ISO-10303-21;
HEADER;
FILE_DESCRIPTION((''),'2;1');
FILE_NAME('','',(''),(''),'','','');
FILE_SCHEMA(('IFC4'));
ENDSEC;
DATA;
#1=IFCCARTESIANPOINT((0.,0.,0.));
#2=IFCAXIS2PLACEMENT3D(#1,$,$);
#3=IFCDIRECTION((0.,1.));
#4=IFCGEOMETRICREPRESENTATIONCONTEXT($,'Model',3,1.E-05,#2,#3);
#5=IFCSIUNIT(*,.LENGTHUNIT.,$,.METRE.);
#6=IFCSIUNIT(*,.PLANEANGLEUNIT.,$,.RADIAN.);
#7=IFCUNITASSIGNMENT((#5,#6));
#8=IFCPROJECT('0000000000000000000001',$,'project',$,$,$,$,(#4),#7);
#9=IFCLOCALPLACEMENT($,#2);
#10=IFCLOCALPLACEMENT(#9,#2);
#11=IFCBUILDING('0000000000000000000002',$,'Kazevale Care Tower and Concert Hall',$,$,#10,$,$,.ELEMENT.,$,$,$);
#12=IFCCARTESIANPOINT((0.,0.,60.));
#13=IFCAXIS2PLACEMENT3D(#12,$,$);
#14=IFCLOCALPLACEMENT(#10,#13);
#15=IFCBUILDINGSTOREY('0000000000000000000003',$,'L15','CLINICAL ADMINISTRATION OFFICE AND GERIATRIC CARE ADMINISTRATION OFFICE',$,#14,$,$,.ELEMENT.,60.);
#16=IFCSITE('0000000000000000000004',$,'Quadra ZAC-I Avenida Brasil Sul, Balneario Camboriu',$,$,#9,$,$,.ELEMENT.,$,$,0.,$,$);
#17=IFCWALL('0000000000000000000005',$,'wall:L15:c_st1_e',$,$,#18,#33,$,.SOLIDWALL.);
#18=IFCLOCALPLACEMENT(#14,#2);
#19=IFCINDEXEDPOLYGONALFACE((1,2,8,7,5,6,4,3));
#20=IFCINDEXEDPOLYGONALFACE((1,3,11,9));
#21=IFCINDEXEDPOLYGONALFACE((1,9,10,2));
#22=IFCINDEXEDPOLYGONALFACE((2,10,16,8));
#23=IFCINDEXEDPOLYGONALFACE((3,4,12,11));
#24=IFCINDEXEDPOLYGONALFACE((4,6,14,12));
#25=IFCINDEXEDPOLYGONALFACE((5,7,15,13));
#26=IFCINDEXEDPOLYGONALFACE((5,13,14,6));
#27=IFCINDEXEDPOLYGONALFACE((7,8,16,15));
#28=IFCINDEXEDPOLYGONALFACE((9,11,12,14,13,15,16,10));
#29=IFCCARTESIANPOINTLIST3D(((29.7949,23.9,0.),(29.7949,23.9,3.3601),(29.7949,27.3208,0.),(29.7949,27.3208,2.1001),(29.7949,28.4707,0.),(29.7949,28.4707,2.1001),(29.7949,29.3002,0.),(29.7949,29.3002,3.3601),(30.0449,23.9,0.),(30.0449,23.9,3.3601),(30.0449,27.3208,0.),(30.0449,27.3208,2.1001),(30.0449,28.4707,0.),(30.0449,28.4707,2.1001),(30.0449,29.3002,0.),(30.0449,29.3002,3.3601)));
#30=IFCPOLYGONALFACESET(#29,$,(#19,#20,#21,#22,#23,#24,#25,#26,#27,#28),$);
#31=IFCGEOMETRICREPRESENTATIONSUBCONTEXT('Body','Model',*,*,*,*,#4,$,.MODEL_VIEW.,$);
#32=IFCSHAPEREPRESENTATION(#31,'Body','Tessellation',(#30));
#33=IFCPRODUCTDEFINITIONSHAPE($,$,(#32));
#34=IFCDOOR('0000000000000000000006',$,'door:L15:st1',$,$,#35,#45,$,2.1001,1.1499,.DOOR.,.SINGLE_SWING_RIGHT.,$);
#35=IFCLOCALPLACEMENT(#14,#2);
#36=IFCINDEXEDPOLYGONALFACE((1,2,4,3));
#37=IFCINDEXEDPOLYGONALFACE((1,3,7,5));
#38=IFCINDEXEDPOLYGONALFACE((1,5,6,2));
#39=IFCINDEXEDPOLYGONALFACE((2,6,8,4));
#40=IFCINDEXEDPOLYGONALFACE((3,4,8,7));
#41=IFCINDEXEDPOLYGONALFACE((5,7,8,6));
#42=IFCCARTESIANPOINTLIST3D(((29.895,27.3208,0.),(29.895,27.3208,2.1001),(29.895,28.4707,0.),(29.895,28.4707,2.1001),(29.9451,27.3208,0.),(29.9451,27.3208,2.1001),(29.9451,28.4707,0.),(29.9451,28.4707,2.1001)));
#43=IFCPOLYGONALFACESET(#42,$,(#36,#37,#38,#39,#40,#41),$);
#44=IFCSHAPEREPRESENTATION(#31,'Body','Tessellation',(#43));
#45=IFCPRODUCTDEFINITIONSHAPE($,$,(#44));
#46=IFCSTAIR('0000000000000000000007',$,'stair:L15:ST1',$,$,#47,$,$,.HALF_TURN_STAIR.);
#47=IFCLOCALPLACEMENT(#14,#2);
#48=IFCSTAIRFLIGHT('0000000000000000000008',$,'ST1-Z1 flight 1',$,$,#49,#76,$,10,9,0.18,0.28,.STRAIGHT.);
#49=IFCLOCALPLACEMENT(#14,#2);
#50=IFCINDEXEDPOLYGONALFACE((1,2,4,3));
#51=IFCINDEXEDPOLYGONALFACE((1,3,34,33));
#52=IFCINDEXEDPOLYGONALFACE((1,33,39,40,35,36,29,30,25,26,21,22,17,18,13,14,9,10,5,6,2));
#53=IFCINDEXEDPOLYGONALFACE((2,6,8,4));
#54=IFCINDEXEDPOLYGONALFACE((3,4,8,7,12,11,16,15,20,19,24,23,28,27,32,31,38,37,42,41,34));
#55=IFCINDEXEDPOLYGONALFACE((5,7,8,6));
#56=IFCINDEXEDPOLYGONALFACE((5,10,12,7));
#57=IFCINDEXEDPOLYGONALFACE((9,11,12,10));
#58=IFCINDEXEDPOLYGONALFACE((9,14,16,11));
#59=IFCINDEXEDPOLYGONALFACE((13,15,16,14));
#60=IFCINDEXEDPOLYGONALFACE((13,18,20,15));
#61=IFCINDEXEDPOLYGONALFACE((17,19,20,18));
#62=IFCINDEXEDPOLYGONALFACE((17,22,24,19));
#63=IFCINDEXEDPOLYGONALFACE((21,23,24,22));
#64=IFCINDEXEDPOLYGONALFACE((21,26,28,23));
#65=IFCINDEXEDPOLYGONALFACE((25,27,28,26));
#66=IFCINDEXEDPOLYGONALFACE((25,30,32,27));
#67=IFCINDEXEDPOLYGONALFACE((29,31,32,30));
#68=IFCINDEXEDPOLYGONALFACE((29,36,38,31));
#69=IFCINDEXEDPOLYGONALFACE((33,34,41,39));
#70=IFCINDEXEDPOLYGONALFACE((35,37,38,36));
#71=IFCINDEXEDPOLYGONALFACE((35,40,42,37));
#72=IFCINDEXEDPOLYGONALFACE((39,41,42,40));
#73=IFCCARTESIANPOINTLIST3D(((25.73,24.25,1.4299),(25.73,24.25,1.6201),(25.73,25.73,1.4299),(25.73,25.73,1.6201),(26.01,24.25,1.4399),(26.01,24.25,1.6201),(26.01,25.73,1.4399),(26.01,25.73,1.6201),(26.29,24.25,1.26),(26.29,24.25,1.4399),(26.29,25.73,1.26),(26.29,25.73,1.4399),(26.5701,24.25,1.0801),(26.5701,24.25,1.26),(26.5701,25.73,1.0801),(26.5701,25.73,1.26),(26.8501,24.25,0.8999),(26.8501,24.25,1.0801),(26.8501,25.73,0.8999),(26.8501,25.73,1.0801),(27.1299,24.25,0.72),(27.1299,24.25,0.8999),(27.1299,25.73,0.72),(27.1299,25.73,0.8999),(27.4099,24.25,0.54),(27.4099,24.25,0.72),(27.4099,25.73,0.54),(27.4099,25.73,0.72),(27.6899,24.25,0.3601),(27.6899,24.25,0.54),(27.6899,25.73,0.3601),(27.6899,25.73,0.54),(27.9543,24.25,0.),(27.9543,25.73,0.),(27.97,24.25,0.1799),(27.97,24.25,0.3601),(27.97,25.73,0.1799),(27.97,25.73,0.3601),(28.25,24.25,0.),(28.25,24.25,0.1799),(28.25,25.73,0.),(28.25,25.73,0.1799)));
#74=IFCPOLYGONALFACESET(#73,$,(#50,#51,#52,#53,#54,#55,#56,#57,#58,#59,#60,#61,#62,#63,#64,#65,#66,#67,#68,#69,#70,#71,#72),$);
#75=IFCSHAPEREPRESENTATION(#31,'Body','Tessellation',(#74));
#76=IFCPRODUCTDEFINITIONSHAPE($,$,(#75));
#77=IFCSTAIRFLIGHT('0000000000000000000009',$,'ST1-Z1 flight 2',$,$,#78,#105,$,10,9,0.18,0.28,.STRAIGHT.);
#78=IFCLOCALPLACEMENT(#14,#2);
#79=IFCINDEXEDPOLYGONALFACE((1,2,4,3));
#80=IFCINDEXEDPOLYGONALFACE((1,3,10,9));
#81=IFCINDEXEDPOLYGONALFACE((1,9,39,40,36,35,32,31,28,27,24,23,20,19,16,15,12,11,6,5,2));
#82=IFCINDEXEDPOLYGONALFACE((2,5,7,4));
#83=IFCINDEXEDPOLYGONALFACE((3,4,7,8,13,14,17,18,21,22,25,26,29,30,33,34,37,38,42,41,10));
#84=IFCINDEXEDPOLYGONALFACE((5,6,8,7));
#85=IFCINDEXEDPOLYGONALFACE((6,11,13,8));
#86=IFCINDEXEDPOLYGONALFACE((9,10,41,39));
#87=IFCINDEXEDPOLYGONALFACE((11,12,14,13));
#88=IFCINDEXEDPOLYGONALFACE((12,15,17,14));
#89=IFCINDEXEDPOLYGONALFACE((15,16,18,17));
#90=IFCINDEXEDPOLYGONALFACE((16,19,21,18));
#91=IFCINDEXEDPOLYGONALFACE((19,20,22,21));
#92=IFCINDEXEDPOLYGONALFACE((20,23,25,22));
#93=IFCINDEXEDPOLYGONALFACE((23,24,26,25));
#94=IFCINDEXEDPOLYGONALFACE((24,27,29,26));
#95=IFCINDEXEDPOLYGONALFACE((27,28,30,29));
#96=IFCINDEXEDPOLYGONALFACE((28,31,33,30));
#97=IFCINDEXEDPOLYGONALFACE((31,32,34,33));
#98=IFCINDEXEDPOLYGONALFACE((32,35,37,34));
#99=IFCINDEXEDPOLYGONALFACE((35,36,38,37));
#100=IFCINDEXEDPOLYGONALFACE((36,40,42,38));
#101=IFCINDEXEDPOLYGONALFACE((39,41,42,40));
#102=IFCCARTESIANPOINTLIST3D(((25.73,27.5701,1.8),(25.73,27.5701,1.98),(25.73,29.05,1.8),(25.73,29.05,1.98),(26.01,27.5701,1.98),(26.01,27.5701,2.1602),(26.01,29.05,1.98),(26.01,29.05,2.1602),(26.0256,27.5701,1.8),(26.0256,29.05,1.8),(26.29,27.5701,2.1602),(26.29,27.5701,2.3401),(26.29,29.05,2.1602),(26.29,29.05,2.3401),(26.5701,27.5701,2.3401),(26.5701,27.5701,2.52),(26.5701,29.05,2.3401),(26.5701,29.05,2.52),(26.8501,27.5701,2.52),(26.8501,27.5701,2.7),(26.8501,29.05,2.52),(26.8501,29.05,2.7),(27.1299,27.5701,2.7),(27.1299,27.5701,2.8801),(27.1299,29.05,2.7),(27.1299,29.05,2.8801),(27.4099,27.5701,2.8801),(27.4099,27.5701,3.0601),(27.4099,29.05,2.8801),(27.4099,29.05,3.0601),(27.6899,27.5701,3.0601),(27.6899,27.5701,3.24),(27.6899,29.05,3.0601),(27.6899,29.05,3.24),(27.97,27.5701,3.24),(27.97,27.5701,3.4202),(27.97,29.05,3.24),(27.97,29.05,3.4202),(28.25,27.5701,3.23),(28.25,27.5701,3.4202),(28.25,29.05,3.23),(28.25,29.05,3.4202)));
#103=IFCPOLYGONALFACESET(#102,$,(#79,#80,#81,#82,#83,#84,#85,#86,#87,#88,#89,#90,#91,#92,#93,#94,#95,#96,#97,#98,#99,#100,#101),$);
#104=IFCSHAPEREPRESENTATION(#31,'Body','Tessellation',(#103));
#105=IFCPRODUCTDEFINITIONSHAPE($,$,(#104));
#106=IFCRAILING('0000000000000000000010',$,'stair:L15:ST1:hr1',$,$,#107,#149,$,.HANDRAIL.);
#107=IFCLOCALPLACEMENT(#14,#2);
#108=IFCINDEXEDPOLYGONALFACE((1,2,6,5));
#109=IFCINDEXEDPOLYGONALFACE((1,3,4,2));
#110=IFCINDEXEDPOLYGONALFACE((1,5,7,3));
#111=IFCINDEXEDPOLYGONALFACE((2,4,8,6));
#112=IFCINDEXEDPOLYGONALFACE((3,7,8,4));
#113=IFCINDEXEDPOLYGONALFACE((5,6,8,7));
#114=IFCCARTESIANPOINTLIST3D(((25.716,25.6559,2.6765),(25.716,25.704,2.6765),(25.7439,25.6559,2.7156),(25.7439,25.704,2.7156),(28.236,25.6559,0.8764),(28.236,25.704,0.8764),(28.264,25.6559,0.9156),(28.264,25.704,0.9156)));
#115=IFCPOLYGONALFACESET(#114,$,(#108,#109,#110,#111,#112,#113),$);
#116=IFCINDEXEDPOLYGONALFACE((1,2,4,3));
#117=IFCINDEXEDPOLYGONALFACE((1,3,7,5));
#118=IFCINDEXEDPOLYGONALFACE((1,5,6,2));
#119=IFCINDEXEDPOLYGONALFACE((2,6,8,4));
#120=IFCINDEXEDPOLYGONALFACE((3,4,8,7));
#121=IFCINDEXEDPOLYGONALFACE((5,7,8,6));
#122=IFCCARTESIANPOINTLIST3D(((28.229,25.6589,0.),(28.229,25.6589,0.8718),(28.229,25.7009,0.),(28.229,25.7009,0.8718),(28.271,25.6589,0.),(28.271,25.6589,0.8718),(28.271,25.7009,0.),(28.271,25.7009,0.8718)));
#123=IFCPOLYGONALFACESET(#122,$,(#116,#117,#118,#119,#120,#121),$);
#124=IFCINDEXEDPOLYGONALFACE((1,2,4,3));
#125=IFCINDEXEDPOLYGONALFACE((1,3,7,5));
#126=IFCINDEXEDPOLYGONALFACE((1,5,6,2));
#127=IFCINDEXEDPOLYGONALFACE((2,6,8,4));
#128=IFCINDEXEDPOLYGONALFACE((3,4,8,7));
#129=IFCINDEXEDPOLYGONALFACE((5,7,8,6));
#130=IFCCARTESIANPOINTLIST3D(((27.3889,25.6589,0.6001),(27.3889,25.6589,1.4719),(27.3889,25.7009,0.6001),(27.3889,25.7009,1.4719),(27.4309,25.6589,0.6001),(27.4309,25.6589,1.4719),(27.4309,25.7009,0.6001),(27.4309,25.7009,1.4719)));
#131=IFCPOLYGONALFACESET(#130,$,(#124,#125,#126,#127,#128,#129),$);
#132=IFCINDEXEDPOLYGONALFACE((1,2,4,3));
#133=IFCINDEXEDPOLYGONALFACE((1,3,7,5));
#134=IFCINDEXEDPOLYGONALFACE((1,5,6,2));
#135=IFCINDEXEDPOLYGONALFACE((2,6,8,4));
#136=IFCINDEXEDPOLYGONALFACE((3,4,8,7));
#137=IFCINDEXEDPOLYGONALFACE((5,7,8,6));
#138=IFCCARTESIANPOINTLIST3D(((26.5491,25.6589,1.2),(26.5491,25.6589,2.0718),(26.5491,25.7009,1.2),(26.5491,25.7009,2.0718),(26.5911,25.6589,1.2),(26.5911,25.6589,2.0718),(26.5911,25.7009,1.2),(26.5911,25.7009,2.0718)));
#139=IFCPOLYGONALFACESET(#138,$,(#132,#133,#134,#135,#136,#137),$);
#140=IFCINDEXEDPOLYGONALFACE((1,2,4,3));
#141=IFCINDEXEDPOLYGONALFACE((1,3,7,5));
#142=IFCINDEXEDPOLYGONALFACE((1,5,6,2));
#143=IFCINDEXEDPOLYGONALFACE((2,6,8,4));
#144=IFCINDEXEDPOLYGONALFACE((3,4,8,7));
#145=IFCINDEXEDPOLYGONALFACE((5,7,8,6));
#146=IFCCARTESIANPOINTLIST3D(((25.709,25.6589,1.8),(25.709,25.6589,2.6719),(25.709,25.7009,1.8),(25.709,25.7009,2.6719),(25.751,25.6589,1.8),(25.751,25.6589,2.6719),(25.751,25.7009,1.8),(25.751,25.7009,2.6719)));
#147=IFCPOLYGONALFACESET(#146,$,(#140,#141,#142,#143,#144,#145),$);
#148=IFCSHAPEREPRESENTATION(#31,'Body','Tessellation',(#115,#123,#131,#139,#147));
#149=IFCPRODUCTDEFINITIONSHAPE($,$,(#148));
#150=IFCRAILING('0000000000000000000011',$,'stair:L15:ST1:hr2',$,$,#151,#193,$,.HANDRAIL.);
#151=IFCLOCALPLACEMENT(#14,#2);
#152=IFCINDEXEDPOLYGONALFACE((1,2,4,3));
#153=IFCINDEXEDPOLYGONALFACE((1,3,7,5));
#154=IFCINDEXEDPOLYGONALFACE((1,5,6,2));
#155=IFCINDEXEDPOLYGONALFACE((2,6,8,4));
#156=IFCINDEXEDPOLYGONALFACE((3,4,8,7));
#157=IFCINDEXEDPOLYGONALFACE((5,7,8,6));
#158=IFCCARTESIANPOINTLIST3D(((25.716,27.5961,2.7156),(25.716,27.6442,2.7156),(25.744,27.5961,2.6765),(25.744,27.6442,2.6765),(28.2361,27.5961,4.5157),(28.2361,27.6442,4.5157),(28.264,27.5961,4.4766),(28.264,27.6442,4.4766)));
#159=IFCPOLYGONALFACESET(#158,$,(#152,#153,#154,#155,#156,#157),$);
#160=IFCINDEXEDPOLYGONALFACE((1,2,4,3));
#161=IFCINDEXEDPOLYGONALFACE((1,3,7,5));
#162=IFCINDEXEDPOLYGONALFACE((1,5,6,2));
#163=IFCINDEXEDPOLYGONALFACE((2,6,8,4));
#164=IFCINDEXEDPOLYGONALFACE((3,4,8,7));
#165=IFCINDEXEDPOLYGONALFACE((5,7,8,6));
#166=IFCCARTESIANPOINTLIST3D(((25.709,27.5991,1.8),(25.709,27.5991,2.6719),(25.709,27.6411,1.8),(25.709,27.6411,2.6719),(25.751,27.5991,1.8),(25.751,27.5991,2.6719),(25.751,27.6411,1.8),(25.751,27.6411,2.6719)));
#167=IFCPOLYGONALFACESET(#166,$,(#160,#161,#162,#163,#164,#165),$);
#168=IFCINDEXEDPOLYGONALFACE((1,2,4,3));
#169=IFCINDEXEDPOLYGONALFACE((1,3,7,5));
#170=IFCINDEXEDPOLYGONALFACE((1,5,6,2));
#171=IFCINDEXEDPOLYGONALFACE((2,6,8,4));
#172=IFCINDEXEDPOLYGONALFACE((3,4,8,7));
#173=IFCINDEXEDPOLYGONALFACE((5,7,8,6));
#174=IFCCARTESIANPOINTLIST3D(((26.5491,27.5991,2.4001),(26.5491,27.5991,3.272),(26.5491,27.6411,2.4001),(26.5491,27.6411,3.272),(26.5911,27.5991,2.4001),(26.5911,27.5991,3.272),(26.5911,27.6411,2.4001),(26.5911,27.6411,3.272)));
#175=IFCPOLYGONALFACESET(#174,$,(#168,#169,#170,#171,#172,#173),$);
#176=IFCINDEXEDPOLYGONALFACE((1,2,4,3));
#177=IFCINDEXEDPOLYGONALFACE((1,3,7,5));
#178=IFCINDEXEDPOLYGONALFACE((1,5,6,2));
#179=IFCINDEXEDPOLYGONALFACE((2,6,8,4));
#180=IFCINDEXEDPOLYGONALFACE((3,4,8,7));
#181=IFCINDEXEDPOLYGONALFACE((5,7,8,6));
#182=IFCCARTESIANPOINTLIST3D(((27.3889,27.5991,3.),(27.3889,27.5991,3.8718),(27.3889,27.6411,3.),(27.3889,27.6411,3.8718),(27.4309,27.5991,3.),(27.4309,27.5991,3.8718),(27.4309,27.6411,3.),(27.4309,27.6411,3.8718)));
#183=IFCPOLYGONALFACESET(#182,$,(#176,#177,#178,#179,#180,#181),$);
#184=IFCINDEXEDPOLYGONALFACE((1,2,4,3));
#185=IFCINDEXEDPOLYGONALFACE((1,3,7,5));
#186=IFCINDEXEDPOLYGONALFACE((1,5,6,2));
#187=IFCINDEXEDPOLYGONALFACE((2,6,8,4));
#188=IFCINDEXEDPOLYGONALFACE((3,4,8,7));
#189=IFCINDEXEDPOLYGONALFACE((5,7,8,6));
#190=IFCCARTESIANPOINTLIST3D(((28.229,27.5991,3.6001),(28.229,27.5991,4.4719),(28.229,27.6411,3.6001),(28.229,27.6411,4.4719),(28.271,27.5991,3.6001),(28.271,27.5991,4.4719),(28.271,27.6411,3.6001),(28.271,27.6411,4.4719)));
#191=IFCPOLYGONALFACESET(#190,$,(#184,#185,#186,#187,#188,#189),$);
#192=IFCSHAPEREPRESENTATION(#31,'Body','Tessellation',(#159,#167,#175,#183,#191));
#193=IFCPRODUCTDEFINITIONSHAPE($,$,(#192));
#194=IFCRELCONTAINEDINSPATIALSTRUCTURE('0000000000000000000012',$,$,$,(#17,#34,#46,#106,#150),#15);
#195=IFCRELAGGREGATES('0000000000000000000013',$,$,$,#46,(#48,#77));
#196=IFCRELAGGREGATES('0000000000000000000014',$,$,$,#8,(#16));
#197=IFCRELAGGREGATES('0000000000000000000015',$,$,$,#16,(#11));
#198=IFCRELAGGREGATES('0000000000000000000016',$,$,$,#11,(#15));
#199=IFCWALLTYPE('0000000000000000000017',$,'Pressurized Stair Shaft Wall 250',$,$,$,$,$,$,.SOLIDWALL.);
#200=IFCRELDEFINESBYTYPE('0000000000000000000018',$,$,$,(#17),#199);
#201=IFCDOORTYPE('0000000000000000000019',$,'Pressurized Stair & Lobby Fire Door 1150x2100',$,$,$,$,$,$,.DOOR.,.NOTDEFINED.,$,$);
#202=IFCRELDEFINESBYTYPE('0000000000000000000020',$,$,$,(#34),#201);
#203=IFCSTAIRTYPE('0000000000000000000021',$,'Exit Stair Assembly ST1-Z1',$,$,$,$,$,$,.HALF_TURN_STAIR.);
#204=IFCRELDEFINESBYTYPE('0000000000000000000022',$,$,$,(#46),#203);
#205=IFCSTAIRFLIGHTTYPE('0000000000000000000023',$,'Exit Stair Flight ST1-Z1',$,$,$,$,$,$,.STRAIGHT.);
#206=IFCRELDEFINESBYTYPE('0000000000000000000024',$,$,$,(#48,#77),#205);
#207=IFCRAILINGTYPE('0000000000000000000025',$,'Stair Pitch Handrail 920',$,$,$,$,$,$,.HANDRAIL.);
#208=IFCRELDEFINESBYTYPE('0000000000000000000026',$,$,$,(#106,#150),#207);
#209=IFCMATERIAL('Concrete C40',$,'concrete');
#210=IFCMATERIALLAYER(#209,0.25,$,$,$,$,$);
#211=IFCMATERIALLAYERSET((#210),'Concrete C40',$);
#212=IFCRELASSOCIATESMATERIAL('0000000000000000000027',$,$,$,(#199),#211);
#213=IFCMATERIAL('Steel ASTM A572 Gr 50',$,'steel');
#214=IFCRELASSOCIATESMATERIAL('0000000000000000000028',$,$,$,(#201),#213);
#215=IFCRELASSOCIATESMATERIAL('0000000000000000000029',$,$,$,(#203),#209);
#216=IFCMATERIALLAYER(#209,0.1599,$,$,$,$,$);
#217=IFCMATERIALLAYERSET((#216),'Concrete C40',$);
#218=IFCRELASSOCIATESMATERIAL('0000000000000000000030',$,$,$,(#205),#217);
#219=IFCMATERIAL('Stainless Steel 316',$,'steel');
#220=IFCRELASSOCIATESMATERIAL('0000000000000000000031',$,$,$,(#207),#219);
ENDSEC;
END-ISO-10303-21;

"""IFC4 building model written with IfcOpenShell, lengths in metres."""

from ifc_helpers import new_model, si_unit, direction, frame, frame_2d, origin, origin_2d, place, context, subcontext, project, spatial, polyline, rectangle, outline, extrude, material, layer, layer_set, type_object, element, fill, aggregate, save


model = new_model("IFC4")

# Units and contexts
model_context = context("Model", 3, precision=1e-05, world=origin(), true_north=direction((0.0, 1.0)))
body_context = subcontext(model_context, "Body", "Model", "MODEL_VIEW")
ifc_project = project(units=[si_unit("LENGTHUNIT", "METRE"), si_unit("PLANEANGLEUNIT", "RADIAN")], contexts=[model_context])

# Site, building, storey
site_placement = place(None, origin())
site = spatial("IfcSite", under=ifc_project, at=site_placement, Name="Quadra ZAC-I Avenida Brasil Sul, Balneario Camboriu", CompositionType="ELEMENT", RefElevation=0.0)
building_placement = place(site_placement, origin())
building = spatial("IfcBuilding", under=site, at=building_placement, Name="Kazevale Care Tower and Concert Hall", CompositionType="ELEMENT")
storey_placement = place(building_placement, frame((0.0, 0.0, 60.0)))
storey = spatial("IfcBuildingStorey", under=building, at=storey_placement, Name="L15", Description="CLINICAL ADMINISTRATION OFFICE AND GERIATRIC CARE ADMINISTRATION OFFICE", CompositionType="ELEMENT", Elevation=60.0)

# Shared definitions
ifc_material_1 = material(Name="Steel ASTM A572 Gr 50", Category="steel")

# Shared definitions
ifc_material_2 = material(Name="Concrete C40", Category="concrete")
ifc_material_3 = material(Name="Stainless Steel 316", Category="steel")

# Wall, opening, door
ifc_layer_1 = layer(ifc_material_2, 0.25)
ifc_layer_set_1 = layer_set([ifc_layer_1], Name="Concrete C40")
wall_type_1 = type_object("IfcWallType", Name="Pressurized Stair Shaft Wall 250", PredefinedType="SOLIDWALL", material=ifc_layer_set_1)
wall_1_placement = place(storey_placement, frame((29.9199, 23.8999, 0.0), z_axis=(0.0, 0.0, 1.0), x_axis=(0.0, 1.0, 0.0)))
wall_1 = element("IfcWall", 1, at=wall_1_placement, inside=storey, type_object=wall_type_1, Name="wall:L15:c_st1_e", PredefinedType="SOLIDWALL", context=body_context, shape_type="SweptSolid", body=[
    extrude(rectangle(XDim=5.4001, YDim=0.25, at=frame_2d((2.7002, 0.0))), origin(), (0.0, 0.0, 1.0), 3.3601),
])
opening_1_placement = place(wall_1_placement, frame((3.4209, 0.0, 0.0)))
opening_1 = element("IfcOpeningElement", 2, at=opening_1_placement, cuts=wall_1, PredefinedType="OPENING", context=body_context, shape_type="SweptSolid", body=[
    extrude(rectangle(XDim=1.1499, YDim=2.1001, at=frame_2d((0.575, 1.05))), frame((0.0, 0.135, 0.0), z_axis=(0.0, -1.0, 0.0), x_axis=(1.0, 0.0, 0.0)), (0.0, 0.0, 1.0), 0.27),
])
door_type_1 = type_object("IfcDoorType", Name="Pressurized Stair & Lobby Fire Door 1150x2100", OperationType="NOTDEFINED", PredefinedType="DOOR", material=ifc_material_1)
door_1_placement = place(opening_1_placement, origin())
door_1 = element("IfcDoor", 3, at=door_1_placement, inside=storey, type_object=door_type_1, Name="door:L15:st1", OperationType="SINGLE_SWING_RIGHT", OverallHeight=2.1001, OverallWidth=1.1499, PredefinedType="DOOR", context=body_context, shape_type="SweptSolid", body=[
    extrude(rectangle(XDim=1.1499, YDim=2.1001, at=frame_2d((0.575, 1.05))), frame((0.0, 0.0249, 0.0), z_axis=(0.0, -1.0, 0.0), x_axis=(1.0, 0.0, 0.0)), (0.0, 0.0, 1.0), 0.05),
])
fill(opening_1, door_1)

# Stair, stair flights
stair_type = type_object("IfcStairType", Name="Exit Stair Assembly ST1-Z1", PredefinedType="HALF_TURN_STAIR", material=ifc_material_2)
stair_placement = place(storey_placement, origin())
stair = element("IfcStair", 4, at=stair_placement, inside=storey, type_object=stair_type, Name="stair:L15:ST1", PredefinedType="HALF_TURN_STAIR")
ifc_layer_2 = layer(ifc_material_2, 0.1599)
ifc_layer_set_2 = layer_set([ifc_layer_2], Name="Concrete C40")
stair_flight_type = type_object("IfcStairFlightType", Name="Exit Stair Flight ST1-Z1", PredefinedType="STRAIGHT", material=ifc_layer_set_2)
stair_flight_1_placement = place(storey_placement, frame((28.25, 24.99, 0.0), z_axis=(0.0, 0.0, 1.0), x_axis=(-1.0, 0.0, 0.0)))
stair_flight_1 = element("IfcStairFlight", 5, at=stair_flight_1_placement, type_object=stair_flight_type, Name="ST1-Z1 flight 1", NumberOfRisers=10, NumberOfTreads=9, PredefinedType="STRAIGHT", RiserHeight=0.18, TreadLength=0.28, context=body_context, shape_type="SweptSolid", body=[
    extrude(outline(polyline([(0.0, 0.0), (0.0, 0.1799), (0.28, 0.1799), (0.28, 0.3601), (0.5601, 0.3601), (0.5601, 0.54), (0.8401, 0.54), (0.8401, 0.72), (1.1201, 0.72), (1.1201, 0.8999), (1.3999, 0.8999), (1.3999, 1.0801), (1.6799, 1.0801), (1.6799, 1.26), (1.96, 1.26), (1.96, 1.4399), (2.24, 1.4399), (2.24, 1.6201), (2.52, 1.6201), (2.52, 1.8), (2.52, 1.4299), (0.2957, 0.0), (0.0, 0.0)])), frame((0.0, 0.74, 0.0), z_axis=(0.0, -1.0, 0.0), x_axis=(1.0, 0.0, 0.0)), (0.0, 0.0, 1.0), 1.48),
])
stair_flight_2_placement = place(storey_placement, frame((25.73, 28.3101, 1.8), z_axis=(0.0, 0.0, 1.0), x_axis=(1.0, 0.0, 0.0)))
stair_flight_2 = element("IfcStairFlight", 6, at=stair_flight_2_placement, type_object=stair_flight_type, Name="ST1-Z1 flight 2", NumberOfRisers=10, NumberOfTreads=9, PredefinedType="STRAIGHT", RiserHeight=0.18, TreadLength=0.28, context=body_context, shape_type="SweptSolid", body=[
    extrude(outline(polyline([(0.0, 0.0), (0.0, 0.1799), (0.28, 0.1799), (0.28, 0.3601), (0.5601, 0.3601), (0.5601, 0.54), (0.8401, 0.54), (0.8401, 0.72), (1.1201, 0.72), (1.1201, 0.8999), (1.3999, 0.8999), (1.3999, 1.0801), (1.6799, 1.0801), (1.6799, 1.26), (1.96, 1.26), (1.96, 1.4399), (2.24, 1.4399), (2.24, 1.6201), (2.52, 1.6201), (2.52, 1.8), (2.52, 1.4299), (0.2957, 0.0), (0.0, 0.0)])), frame((0.0, 0.74, 0.0), z_axis=(0.0, -1.0, 0.0), x_axis=(1.0, 0.0, 0.0)), (0.0, 0.0, 1.0), 1.48),
])
aggregate(stair, [stair_flight_1, stair_flight_2])

# Railings
railing_type_1 = type_object("IfcRailingType", Name="Stair Pitch Handrail 920", PredefinedType="HANDRAIL", material=ifc_material_3)
railing_1_placement = place(storey_placement, frame((28.25, 25.6799, 0.0)))
element("IfcRailing", 7, at=railing_1_placement, inside=storey, type_object=railing_type_1, Name="stair:L15:ST1:hr1", PredefinedType="HANDRAIL", context=body_context, shape_type="SweptSolid", body=[
    extrude(rectangle(XDim=0.0481, YDim=0.0481, at=origin_2d()), frame((0.0, 0.0, 0.896), z_axis=(-0.813728, 0.0, 0.581246), x_axis=(0.0, -1.0, 0.0)), (0.0, 0.0, 1.0), 3.0969),
    extrude(rectangle(XDim=0.042, YDim=0.042, at=origin_2d()), origin(), (0.0, 0.0, 1.0), 0.8718),
    extrude(rectangle(XDim=0.042, YDim=0.042, at=origin_2d()), frame((-0.8401, 0.0, 0.6001)), (0.0, 0.0, 1.0), 0.8718),
    extrude(rectangle(XDim=0.042, YDim=0.042, at=origin_2d()), frame((-1.6799, 0.0, 1.2)), (0.0, 0.0, 1.0), 0.8718),
    extrude(rectangle(XDim=0.042, YDim=0.042, at=origin_2d()), frame((-2.52, 0.0, 1.8)), (0.0, 0.0, 1.0), 0.8718),
])
railing_2_placement = place(storey_placement, frame((25.73, 27.6201, 1.8)))
element("IfcRailing", 8, at=railing_2_placement, inside=storey, type_object=railing_type_1, Name="stair:L15:ST1:hr2", PredefinedType="HANDRAIL", context=body_context, shape_type="SweptSolid", body=[
    extrude(rectangle(XDim=0.0481, YDim=0.0481, at=origin_2d()), frame((0.0, 0.0, 0.896), z_axis=(0.813728, 0.0, 0.581246), x_axis=(0.0, 1.0, 0.0)), (0.0, 0.0, 1.0), 3.0969),
    extrude(rectangle(XDim=0.042, YDim=0.042, at=origin_2d()), origin(), (0.0, 0.0, 1.0), 0.8718),
    extrude(rectangle(XDim=0.042, YDim=0.042, at=origin_2d()), frame((0.8401, 0.0, 0.6001)), (0.0, 0.0, 1.0), 0.8718),
    extrude(rectangle(XDim=0.042, YDim=0.042, at=origin_2d()), frame((1.6799, 0.0, 1.2)), (0.0, 0.0, 1.0), 0.8718),
    extrude(rectangle(XDim=0.042, YDim=0.042, at=origin_2d()), frame((2.52, 0.0, 1.8)), (0.0, 0.0, 1.0), 0.8718),
])

save(model, "model.ifc")
